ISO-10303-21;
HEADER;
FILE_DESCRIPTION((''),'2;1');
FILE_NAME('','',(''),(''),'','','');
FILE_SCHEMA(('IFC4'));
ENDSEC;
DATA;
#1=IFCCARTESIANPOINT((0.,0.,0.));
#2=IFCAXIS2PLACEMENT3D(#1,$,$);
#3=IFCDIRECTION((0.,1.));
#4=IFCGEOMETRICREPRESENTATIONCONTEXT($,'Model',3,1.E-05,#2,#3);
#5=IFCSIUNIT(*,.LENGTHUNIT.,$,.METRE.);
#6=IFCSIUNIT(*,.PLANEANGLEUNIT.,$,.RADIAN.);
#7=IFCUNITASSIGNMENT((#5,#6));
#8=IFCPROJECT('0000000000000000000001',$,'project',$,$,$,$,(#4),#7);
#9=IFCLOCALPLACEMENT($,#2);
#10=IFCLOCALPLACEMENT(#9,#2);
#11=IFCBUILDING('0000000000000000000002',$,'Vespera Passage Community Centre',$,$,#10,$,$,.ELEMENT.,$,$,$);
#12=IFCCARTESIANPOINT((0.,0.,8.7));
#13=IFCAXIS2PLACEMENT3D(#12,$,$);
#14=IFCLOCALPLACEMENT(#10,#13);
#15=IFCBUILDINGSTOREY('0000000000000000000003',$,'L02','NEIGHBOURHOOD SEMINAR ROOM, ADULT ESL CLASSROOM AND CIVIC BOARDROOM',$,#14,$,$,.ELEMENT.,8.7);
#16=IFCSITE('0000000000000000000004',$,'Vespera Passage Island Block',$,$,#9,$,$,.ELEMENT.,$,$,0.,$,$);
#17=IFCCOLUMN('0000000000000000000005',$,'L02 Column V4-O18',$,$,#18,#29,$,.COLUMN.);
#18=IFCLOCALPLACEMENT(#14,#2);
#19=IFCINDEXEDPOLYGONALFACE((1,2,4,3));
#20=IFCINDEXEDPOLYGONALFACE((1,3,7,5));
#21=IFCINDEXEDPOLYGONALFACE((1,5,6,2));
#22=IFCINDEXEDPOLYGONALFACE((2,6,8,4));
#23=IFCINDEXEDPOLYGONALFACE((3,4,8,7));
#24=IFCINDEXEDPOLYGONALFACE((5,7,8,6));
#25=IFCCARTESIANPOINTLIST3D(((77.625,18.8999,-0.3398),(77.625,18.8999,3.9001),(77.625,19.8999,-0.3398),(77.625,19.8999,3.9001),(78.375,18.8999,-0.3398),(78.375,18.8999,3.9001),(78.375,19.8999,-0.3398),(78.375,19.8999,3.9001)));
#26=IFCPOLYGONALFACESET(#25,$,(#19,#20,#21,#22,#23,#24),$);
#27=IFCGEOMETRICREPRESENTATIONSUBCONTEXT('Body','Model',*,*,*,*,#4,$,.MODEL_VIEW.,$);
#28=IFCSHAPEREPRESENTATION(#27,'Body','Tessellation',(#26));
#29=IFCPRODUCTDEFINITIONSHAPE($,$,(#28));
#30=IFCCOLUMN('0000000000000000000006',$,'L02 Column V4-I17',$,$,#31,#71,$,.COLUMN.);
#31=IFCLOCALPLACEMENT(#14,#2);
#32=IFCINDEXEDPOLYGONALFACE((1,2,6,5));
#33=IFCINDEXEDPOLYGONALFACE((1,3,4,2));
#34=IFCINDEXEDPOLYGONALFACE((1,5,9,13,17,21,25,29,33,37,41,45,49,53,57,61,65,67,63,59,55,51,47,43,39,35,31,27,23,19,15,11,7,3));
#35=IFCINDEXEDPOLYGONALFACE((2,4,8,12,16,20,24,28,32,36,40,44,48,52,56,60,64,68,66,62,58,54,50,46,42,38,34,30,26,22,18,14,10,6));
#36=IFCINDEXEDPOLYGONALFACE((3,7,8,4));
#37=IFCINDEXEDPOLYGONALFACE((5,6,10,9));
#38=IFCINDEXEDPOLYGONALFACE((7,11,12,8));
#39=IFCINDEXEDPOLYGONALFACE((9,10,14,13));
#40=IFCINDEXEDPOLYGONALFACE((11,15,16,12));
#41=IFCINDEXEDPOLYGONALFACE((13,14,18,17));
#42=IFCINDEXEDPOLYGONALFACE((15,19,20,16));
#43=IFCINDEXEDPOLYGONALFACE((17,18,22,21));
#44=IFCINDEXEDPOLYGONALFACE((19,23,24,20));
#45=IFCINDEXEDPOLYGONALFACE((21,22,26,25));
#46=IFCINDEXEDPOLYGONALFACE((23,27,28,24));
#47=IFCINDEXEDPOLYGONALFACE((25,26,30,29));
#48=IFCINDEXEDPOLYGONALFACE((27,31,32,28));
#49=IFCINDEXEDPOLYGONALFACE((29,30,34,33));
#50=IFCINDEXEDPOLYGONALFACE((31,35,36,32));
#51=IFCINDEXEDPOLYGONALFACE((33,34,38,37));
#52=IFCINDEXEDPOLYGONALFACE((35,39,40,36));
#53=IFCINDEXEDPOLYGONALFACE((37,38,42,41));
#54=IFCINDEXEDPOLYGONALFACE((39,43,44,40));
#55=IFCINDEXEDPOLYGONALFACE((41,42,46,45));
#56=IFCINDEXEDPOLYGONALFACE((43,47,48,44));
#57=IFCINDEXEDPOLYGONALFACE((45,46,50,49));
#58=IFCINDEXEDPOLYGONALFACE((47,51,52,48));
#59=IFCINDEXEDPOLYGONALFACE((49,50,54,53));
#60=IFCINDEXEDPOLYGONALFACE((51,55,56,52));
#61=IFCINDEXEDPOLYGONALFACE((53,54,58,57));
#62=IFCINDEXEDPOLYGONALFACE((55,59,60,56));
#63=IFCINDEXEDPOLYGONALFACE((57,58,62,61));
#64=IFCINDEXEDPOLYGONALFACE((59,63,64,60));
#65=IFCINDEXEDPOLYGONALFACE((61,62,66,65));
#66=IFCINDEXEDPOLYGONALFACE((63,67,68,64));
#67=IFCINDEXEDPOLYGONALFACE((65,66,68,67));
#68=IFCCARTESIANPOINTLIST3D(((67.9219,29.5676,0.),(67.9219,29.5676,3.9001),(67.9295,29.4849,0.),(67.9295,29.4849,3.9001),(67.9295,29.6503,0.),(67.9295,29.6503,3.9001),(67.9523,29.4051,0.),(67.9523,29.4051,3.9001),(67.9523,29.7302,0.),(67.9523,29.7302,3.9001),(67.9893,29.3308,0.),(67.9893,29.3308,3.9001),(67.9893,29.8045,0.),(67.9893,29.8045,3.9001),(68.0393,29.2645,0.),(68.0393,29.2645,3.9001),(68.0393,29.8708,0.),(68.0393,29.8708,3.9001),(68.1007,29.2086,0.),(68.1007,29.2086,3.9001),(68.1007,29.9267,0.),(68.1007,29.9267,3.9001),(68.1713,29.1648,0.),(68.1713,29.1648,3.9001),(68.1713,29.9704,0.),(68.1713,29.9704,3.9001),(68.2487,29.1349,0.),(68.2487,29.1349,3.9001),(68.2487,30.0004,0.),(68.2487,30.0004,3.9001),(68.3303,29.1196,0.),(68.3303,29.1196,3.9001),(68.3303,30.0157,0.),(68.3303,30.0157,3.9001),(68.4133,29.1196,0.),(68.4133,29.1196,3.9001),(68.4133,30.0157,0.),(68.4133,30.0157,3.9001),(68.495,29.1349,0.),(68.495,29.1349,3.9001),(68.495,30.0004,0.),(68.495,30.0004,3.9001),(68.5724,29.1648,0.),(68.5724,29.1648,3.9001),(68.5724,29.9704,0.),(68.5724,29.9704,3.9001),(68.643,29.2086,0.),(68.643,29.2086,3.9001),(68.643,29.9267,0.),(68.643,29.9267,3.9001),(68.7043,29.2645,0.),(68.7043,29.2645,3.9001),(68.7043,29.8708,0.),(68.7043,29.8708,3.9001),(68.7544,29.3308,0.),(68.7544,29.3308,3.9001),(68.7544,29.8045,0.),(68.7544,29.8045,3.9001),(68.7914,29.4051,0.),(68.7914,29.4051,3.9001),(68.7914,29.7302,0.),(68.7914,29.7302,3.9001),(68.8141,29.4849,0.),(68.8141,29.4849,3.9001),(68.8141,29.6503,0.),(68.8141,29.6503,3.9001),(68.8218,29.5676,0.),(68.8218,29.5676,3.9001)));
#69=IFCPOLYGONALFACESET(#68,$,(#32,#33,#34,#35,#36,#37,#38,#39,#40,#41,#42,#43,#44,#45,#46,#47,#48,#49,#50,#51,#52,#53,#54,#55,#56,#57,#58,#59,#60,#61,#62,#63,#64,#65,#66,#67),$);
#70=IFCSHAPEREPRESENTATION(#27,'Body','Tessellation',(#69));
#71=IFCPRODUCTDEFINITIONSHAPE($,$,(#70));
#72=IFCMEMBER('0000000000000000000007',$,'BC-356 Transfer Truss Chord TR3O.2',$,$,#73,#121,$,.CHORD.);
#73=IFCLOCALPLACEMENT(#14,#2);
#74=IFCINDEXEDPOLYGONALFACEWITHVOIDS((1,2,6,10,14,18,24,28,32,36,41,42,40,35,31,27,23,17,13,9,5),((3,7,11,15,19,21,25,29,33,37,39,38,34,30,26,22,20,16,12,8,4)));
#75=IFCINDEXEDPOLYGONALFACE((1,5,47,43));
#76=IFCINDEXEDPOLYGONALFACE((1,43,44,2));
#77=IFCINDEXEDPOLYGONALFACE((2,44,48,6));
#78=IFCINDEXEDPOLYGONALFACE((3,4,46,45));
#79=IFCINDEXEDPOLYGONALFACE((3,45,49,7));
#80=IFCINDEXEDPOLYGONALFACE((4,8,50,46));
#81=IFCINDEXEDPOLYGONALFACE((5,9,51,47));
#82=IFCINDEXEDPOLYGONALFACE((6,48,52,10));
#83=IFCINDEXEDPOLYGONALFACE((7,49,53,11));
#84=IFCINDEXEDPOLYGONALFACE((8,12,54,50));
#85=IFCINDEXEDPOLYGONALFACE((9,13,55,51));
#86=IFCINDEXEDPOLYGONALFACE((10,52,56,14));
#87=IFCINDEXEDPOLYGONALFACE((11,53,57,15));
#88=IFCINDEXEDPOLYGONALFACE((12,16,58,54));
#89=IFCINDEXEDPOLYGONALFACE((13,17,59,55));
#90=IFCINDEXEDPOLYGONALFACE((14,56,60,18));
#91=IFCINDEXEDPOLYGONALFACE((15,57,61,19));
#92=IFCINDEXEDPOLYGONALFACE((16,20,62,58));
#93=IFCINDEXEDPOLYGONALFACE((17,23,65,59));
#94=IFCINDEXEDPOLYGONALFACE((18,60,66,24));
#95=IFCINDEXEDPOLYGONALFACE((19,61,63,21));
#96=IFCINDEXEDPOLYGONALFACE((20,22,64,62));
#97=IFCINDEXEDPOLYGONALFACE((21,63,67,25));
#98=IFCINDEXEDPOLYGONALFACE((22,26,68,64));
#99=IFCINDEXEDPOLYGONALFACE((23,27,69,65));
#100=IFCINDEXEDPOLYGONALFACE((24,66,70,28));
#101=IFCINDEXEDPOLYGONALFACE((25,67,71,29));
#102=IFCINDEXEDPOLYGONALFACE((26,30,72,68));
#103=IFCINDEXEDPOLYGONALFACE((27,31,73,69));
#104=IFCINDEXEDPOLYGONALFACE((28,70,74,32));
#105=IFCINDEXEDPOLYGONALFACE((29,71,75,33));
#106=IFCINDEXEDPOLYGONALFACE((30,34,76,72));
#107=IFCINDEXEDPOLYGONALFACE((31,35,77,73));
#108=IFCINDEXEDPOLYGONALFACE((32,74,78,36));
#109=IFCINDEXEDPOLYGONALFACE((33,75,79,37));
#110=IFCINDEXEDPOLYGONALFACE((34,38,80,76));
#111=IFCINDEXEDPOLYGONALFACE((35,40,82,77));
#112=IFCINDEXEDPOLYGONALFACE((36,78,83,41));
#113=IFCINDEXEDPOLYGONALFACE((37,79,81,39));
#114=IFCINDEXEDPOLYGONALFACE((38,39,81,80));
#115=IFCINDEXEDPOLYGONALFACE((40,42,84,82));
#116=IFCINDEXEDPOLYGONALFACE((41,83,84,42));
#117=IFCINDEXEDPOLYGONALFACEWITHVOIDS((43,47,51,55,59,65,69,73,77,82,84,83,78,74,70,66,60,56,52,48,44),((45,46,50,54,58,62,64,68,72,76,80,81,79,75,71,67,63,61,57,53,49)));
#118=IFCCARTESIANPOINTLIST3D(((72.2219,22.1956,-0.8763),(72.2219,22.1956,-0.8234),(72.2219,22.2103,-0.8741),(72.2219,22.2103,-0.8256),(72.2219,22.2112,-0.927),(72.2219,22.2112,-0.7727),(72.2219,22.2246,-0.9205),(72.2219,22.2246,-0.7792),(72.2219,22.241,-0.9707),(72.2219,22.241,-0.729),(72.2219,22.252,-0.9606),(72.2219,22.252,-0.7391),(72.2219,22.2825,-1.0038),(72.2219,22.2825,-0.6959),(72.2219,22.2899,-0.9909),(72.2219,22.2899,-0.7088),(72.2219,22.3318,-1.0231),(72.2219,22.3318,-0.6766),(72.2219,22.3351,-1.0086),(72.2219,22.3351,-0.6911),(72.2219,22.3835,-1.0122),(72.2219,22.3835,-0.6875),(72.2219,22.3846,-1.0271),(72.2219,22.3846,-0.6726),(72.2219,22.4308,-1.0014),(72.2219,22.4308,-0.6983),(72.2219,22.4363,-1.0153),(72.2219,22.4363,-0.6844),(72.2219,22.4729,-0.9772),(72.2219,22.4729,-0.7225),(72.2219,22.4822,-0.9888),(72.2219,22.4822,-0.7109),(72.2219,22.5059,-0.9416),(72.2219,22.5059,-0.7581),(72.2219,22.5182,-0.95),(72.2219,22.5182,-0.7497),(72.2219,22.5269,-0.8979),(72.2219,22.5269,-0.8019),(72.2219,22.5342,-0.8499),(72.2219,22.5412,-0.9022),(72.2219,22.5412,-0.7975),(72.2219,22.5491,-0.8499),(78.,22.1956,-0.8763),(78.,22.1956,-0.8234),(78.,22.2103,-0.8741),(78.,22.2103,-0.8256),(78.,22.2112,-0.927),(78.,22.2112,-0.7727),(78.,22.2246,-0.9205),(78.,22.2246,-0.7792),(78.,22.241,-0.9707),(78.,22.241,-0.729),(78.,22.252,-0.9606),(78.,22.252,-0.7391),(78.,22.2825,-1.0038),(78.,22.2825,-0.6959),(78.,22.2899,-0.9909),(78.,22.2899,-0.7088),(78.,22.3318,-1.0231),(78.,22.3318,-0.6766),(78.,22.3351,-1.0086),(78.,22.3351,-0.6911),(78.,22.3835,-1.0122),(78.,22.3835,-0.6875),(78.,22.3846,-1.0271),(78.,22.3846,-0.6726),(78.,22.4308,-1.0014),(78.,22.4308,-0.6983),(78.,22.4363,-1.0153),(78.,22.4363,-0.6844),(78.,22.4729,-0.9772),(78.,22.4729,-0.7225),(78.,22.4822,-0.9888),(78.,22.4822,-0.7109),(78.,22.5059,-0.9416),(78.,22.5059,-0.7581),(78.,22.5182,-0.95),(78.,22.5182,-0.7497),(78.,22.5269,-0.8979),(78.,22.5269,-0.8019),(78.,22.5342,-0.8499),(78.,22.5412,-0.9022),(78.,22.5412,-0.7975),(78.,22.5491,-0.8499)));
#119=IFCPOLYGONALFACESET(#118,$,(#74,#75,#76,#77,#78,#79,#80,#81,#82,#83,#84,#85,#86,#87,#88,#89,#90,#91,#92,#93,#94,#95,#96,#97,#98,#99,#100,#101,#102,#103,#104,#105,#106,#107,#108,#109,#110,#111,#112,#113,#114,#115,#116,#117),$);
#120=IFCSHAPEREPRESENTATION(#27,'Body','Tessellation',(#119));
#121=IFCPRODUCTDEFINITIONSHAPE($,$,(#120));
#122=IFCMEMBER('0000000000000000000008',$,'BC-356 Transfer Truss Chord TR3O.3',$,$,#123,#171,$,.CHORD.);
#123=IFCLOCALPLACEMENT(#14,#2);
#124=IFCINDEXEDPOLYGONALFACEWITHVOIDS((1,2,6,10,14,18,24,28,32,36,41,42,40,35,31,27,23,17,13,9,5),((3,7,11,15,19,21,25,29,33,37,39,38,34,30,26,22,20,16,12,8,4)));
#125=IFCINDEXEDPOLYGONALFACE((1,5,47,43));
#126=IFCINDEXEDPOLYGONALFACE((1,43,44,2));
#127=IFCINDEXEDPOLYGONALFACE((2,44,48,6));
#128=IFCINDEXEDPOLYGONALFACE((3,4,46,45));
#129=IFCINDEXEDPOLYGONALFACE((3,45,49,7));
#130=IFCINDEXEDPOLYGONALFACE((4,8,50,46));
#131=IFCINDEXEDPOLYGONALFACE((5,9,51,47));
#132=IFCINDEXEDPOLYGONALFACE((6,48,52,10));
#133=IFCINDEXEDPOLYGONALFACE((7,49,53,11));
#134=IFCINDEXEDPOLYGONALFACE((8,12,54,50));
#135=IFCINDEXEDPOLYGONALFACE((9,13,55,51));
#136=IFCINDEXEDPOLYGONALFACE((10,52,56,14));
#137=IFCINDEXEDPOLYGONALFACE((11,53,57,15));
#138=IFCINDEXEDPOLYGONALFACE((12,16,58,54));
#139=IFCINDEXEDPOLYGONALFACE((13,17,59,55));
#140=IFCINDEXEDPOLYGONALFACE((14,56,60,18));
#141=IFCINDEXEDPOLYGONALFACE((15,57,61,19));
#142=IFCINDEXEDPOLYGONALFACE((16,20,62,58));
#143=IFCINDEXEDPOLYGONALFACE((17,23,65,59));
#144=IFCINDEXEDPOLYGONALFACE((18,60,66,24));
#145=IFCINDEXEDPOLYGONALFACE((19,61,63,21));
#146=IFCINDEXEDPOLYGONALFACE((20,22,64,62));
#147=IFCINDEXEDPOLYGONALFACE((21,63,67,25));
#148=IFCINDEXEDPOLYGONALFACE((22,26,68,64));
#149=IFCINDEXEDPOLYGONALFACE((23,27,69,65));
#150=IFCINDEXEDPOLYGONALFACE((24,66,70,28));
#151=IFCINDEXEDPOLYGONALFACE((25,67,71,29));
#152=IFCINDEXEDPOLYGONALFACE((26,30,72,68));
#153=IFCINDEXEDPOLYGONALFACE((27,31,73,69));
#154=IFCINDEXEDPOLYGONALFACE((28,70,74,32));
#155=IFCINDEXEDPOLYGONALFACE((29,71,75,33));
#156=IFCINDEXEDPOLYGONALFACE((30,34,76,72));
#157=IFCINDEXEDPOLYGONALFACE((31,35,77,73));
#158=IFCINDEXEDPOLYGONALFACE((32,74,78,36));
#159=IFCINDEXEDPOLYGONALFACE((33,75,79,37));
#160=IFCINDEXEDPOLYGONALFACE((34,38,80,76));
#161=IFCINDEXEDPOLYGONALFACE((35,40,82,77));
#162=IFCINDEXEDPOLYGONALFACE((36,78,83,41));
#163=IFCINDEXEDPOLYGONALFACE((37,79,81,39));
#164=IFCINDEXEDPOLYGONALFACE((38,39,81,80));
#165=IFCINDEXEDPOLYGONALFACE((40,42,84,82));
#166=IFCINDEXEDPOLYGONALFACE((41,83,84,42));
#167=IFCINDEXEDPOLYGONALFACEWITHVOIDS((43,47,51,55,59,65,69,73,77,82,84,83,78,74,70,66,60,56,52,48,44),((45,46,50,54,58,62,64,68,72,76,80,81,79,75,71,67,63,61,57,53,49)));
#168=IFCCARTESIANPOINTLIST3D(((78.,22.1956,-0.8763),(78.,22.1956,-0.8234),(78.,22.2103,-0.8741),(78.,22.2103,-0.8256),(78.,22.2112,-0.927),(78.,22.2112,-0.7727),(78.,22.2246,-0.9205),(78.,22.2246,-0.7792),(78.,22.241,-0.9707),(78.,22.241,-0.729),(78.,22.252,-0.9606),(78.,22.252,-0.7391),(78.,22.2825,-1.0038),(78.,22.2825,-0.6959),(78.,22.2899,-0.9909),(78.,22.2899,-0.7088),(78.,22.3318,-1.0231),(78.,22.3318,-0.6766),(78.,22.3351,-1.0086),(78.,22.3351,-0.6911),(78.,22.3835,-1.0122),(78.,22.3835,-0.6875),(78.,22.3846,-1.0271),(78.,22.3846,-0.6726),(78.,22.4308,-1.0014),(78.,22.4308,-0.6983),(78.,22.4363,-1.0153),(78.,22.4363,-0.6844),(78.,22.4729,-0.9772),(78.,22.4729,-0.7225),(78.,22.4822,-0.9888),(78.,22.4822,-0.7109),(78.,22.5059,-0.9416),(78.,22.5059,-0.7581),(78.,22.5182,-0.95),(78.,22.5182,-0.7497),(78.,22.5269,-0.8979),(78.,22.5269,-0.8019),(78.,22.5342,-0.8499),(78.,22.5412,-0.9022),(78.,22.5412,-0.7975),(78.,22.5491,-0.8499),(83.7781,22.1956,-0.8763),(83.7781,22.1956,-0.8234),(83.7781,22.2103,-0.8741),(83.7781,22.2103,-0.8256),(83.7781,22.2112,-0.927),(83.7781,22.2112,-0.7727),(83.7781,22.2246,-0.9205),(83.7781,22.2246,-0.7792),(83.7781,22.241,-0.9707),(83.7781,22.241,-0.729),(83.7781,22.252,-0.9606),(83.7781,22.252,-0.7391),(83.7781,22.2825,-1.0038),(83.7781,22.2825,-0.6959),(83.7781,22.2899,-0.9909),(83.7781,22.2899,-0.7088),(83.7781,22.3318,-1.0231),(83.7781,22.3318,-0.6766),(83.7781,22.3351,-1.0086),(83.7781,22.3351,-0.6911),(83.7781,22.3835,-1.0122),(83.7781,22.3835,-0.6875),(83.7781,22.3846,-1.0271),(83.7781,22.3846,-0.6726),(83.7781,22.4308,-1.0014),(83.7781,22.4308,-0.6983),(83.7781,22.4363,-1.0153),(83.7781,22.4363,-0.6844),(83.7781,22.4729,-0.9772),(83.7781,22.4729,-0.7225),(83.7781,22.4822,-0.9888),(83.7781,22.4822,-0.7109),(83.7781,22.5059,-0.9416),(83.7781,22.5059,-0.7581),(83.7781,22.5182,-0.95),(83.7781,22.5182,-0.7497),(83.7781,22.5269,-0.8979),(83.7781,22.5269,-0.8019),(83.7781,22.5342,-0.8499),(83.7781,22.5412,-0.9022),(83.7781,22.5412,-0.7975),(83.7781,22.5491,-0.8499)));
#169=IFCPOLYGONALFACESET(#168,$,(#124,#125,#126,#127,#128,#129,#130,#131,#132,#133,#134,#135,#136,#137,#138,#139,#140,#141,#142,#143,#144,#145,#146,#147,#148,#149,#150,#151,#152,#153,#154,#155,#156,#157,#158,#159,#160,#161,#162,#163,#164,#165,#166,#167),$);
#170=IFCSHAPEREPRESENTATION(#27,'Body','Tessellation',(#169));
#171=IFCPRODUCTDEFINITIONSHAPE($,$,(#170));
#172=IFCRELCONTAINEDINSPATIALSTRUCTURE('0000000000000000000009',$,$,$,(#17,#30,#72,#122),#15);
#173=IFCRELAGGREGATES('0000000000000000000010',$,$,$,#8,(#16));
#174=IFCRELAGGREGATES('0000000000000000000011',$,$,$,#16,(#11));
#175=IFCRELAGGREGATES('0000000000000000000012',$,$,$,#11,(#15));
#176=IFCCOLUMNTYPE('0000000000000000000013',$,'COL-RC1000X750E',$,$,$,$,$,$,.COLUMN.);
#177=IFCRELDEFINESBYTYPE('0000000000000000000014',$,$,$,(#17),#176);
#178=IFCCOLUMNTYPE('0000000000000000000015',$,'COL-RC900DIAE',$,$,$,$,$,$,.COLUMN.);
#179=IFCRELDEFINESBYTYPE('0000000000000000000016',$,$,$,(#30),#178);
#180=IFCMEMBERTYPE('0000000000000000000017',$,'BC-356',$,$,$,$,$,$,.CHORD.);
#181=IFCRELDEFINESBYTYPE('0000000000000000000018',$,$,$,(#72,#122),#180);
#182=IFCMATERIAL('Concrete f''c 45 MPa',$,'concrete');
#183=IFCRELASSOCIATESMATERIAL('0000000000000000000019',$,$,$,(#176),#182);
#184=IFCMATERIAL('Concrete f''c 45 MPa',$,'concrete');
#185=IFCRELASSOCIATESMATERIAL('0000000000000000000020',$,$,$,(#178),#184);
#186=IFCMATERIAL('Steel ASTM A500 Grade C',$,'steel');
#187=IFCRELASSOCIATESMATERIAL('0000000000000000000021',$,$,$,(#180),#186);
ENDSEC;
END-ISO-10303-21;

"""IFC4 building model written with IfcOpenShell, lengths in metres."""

from ifc_helpers import new_model, si_unit, direction, frame, origin, origin_2d, place, context, subcontext, project, spatial, rectangle, circle, hollow_circle, extrude, material, material_profile, profile_set, type_object, element, save


model = new_model("IFC4")

# Units and contexts
model_context = context("Model", 3, precision=1e-05, world=origin(), true_north=direction((0.0, 1.0)))
body_context = subcontext(model_context, "Body", "Model", "MODEL_VIEW")
ifc_project = project(units=[si_unit("LENGTHUNIT", "METRE"), si_unit("PLANEANGLEUNIT", "RADIAN")], contexts=[model_context])

# Site, building, storey
site_placement = place(None, origin())
site = spatial("IfcSite", under=ifc_project, at=site_placement, Name="Vespera Passage Island Block", CompositionType="ELEMENT", RefElevation=0.0)
building_placement = place(site_placement, origin())
building = spatial("IfcBuilding", under=site, at=building_placement, Name="Vespera Passage Community Centre", CompositionType="ELEMENT")
storey_placement = place(building_placement, frame((0.0, 0.0, 8.7)))
storey = spatial("IfcBuildingStorey", under=building, at=storey_placement, Name="L02", Description="NEIGHBOURHOOD SEMINAR ROOM, ADULT ESL CLASSROOM AND CIVIC BOARDROOM", CompositionType="ELEMENT", Elevation=8.7)

# Columns
ifc_material_1 = material(Name="Concrete f'c 45 MPa", Category="concrete")
ifc_material_profile_1 = material_profile(ifc_material_1, rectangle(XDim=0.75, YDim=1.0, at=origin_2d()), Name="RC1000X750")
ifc_profile_set_1 = profile_set([ifc_material_profile_1], Name="Concrete f'c 45 MPa")
column_type_1 = type_object("IfcColumnType", Name="COL-RC1000X750E", PredefinedType="COLUMN", material=ifc_profile_set_1)
column_1_placement = place(storey_placement, frame((78.0, 19.3999, -0.3398), z_axis=(0.0, 0.0, 1.0), x_axis=(1.0, 0.0, 0.0)))
element("IfcColumn", 1, at=column_1_placement, inside=storey, type_object=column_type_1, Name="L02 Column V4-O18", PredefinedType="COLUMN", context=body_context, shape_type="SweptSolid", body=[
    extrude(rectangle(XDim=0.75, YDim=1.0, at=origin_2d()), origin(), (0.0, 0.0, 1.0), 4.24),
])
ifc_material_2 = material(Name="Concrete f'c 45 MPa", Category="concrete")
ifc_material_profile_2 = material_profile(ifc_material_2, circle(Radius=0.45, at=origin_2d()), Name="RC900DIA")
ifc_profile_set_2 = profile_set([ifc_material_profile_2], Name="Concrete f'c 45 MPa")
column_type_2 = type_object("IfcColumnType", Name="COL-RC900DIAE", PredefinedType="COLUMN", material=ifc_profile_set_2)
column_2_placement = place(storey_placement, frame((68.3718, 29.5676, 0.0), z_axis=(0.0, 0.0, 1.0), x_axis=(1.0, 0.0, 0.0)))
element("IfcColumn", 2, at=column_2_placement, inside=storey, type_object=column_type_2, Name="L02 Column V4-I17", PredefinedType="COLUMN", context=body_context, shape_type="SweptSolid", body=[
    extrude(circle(Radius=0.45, at=origin_2d()), origin(), (0.0, 0.0, 1.0), 3.9001),
])

# Members
ifc_material_3 = material(Name="Steel ASTM A500 Grade C", Category="steel")
ifc_material_profile_3 = material_profile(ifc_material_3, hollow_circle(Radius=0.1777, WallThickness=0.0149, at=origin_2d()), Name="CHS356X15.9")
ifc_profile_set_3 = profile_set([ifc_material_profile_3], Name="Steel ASTM A500 Grade C")
member_type_1 = type_object("IfcMemberType", Name="BC-356", PredefinedType="CHORD", material=ifc_profile_set_3)
for number, where, z_axis, x_axis, name in (
    (3, (72.2219, 22.3713, -0.8499), (1.0, 0.0, 0.0), (0.0, 1.0, 0.0), "BC-356 Transfer Truss Chord TR3O.2"),
    (4, (78.0, 22.3713, -0.8499), (1.0, 0.0, 0.0), (0.0, 1.0, 0.0), "BC-356 Transfer Truss Chord TR3O.3"),
):
    element("IfcMember", number, at=place(storey_placement, frame(where, z_axis=z_axis, x_axis=x_axis)), inside=storey, type_object=member_type_1, Name=name, PredefinedType="CHORD", context=body_context, shape_type="SweptSolid", body=[
        extrude(hollow_circle(Radius=0.1777, WallThickness=0.0149, at=origin_2d()), origin(), (0.0, 0.0, 1.0), 5.7781),
    ])

save(model, "model.ifc")
